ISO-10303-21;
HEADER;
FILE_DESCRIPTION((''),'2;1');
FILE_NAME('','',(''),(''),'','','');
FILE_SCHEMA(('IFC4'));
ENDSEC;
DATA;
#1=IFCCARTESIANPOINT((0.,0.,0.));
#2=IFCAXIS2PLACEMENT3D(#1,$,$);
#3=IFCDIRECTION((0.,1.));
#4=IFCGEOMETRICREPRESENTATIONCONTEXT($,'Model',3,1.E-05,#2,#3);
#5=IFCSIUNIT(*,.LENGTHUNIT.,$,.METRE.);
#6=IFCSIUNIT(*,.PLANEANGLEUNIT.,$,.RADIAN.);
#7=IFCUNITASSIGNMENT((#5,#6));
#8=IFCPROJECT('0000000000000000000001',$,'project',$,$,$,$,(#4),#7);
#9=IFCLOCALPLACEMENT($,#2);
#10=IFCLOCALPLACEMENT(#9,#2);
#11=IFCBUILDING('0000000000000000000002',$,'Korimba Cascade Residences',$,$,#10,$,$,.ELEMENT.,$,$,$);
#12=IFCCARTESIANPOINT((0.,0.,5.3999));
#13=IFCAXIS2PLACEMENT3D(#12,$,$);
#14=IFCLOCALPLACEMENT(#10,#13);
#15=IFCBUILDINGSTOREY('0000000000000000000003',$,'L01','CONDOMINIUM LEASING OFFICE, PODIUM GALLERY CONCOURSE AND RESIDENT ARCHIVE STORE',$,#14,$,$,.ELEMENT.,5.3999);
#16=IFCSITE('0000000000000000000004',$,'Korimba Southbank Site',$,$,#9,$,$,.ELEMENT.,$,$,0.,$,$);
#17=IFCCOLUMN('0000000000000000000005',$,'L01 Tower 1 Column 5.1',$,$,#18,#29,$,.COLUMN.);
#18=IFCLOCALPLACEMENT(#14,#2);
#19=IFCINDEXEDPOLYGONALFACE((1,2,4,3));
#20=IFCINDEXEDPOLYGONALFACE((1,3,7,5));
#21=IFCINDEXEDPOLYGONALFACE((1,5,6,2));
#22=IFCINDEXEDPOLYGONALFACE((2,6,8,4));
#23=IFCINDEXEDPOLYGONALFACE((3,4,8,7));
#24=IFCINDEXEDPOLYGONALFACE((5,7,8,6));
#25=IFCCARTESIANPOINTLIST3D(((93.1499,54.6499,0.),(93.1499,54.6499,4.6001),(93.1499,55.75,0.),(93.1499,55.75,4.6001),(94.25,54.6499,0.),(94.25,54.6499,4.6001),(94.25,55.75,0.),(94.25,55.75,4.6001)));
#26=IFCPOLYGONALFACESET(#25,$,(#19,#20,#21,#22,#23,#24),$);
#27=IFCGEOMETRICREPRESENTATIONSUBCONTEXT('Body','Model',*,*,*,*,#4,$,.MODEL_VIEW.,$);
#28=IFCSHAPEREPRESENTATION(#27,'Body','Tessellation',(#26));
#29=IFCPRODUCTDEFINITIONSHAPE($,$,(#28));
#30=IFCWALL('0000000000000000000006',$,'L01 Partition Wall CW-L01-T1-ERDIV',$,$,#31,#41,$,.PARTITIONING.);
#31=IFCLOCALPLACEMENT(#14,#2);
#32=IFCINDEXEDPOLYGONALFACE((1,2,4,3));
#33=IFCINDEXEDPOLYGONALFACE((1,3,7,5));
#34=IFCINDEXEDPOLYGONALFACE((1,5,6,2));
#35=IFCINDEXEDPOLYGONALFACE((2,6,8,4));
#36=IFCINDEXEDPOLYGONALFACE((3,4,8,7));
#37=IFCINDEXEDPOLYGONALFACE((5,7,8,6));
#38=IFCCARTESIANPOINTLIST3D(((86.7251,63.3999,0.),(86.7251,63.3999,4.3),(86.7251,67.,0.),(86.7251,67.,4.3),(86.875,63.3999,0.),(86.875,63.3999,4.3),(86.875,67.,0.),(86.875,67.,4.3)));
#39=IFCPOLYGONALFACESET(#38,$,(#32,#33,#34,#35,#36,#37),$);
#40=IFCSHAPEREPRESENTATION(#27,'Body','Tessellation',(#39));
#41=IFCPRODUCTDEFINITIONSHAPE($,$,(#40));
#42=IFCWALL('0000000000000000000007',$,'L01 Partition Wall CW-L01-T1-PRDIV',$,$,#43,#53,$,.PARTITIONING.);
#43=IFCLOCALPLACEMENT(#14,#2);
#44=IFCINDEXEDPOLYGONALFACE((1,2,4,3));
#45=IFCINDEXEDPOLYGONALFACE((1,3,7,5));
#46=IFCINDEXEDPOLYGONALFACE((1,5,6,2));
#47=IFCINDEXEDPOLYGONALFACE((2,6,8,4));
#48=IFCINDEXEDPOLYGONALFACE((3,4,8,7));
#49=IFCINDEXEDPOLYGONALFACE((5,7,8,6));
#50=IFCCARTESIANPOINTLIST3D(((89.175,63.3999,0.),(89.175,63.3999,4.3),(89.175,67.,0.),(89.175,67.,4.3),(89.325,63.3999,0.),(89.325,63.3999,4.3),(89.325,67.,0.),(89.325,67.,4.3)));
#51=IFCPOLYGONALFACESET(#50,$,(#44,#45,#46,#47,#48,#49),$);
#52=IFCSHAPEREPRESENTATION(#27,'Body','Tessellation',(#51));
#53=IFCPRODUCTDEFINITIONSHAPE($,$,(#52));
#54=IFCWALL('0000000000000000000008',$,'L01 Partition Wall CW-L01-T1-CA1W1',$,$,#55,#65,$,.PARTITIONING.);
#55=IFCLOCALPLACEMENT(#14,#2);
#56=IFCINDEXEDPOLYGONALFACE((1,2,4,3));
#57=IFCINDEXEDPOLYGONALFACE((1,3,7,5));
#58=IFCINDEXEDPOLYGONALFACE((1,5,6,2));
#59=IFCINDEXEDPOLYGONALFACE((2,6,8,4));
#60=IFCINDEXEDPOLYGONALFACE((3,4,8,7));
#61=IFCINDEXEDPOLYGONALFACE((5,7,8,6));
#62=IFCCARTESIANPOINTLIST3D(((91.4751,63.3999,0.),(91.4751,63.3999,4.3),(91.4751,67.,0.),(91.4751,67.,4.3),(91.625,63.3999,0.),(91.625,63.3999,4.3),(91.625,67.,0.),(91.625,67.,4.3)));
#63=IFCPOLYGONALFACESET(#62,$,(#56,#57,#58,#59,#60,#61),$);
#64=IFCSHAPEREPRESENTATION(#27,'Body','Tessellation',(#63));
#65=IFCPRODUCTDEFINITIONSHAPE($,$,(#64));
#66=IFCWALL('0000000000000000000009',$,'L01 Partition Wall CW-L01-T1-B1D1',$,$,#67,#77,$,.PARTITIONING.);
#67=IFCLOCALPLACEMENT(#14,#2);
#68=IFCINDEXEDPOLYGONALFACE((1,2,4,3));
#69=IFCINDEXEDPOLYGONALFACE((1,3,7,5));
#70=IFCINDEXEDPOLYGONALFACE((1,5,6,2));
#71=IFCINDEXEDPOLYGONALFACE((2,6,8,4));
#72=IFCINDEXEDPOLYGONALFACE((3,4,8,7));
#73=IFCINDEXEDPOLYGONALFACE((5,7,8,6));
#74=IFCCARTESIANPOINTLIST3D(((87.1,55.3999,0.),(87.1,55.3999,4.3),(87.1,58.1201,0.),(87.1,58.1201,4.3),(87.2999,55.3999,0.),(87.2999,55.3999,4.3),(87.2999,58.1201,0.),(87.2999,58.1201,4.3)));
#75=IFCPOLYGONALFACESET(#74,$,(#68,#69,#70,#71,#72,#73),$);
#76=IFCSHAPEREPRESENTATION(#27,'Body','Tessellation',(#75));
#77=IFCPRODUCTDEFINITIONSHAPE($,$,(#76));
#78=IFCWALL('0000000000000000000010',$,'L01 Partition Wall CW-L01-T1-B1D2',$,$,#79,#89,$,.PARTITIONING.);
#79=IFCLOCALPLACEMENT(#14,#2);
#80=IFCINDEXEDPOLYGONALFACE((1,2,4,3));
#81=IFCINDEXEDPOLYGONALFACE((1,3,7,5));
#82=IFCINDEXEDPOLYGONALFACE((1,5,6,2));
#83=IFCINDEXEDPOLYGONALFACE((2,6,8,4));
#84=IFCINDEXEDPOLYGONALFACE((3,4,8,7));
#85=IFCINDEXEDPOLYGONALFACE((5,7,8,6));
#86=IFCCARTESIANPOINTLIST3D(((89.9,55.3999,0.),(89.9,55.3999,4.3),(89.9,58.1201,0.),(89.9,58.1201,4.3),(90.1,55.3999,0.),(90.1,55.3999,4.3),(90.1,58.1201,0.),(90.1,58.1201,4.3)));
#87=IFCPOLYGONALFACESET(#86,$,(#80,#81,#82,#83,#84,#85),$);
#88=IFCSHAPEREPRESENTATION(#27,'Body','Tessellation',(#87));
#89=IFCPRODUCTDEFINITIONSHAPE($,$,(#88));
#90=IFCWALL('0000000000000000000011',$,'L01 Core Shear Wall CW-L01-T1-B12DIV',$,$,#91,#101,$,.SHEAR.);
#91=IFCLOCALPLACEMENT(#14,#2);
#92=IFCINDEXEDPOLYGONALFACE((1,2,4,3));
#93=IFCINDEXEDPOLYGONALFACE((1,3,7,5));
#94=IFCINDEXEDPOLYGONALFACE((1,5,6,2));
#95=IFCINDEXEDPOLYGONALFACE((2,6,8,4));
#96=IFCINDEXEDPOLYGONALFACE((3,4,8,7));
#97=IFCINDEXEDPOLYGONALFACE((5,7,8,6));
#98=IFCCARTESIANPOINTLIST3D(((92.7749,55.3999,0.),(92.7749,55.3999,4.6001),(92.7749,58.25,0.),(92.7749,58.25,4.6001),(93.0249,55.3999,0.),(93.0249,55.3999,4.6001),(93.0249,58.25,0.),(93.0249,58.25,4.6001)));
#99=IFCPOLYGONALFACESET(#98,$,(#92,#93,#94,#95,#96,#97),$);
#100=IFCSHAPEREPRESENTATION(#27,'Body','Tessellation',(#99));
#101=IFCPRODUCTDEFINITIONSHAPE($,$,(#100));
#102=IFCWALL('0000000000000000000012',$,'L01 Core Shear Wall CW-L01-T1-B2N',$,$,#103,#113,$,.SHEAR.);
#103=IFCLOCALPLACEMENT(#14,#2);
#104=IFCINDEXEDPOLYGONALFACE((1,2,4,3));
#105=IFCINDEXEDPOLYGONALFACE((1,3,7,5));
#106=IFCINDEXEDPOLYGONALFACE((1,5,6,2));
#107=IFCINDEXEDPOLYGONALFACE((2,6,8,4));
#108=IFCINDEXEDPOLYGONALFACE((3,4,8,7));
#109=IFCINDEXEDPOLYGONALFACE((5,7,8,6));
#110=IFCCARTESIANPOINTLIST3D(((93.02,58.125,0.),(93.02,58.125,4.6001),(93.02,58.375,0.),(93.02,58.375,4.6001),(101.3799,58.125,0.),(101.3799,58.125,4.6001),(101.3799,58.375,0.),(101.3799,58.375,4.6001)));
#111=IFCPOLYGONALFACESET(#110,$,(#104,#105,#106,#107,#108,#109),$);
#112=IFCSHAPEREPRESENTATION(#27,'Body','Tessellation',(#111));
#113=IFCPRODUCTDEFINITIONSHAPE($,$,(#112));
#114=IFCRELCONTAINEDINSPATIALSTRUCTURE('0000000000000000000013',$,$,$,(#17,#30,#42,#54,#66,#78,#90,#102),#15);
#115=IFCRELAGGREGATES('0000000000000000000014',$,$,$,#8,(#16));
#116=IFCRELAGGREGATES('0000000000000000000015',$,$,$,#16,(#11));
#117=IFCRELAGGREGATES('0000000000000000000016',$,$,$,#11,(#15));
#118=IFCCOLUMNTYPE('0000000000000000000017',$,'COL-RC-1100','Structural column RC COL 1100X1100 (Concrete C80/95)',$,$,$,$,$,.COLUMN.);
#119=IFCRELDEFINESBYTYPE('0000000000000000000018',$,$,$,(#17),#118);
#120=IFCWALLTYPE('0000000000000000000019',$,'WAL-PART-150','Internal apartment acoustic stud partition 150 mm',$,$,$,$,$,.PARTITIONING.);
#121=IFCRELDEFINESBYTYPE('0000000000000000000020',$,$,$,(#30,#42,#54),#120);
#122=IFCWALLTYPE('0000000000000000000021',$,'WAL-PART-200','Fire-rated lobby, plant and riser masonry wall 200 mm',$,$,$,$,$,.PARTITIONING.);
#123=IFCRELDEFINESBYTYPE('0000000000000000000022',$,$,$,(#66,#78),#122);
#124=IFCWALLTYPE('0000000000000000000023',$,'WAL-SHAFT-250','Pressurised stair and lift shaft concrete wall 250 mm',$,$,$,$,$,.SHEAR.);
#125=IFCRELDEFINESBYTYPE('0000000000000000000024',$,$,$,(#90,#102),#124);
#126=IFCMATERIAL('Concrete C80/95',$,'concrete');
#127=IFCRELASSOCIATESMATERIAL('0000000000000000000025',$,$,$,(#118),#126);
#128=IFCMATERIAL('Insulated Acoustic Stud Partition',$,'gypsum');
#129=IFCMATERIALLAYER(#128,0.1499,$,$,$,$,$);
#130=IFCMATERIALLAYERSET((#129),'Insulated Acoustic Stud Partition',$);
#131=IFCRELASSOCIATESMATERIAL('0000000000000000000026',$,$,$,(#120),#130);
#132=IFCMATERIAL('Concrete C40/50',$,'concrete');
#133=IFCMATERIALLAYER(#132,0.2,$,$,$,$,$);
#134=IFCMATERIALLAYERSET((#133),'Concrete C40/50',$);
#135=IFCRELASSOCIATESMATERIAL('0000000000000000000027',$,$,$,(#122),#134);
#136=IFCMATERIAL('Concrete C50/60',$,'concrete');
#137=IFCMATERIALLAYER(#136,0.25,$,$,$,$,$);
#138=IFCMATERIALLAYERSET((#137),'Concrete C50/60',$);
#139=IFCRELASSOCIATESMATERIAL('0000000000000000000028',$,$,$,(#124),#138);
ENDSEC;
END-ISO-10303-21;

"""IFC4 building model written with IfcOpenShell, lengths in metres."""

from ifc_helpers import new_model, si_unit, direction, frame, frame_2d, origin, origin_2d, place, context, subcontext, project, spatial, rectangle, extrude, material, layer, layer_set, material_profile, profile_set, type_object, element, save


model = new_model("IFC4")

# Units and contexts
model_context = context("Model", 3, precision=1e-05, world=origin(), true_north=direction((0.0, 1.0)))
body_context = subcontext(model_context, "Body", "Model", "MODEL_VIEW")
ifc_project = project(units=[si_unit("LENGTHUNIT", "METRE"), si_unit("PLANEANGLEUNIT", "RADIAN")], contexts=[model_context])

# Site, building, storey
site_placement = place(None, origin())
site = spatial("IfcSite", under=ifc_project, at=site_placement, Name="Korimba Southbank Site", CompositionType="ELEMENT", RefElevation=0.0)
building_placement = place(site_placement, origin())
building = spatial("IfcBuilding", under=site, at=building_placement, Name="Korimba Cascade Residences", CompositionType="ELEMENT")
storey_placement = place(building_placement, frame((0.0, 0.0, 5.3999)))
storey = spatial("IfcBuildingStorey", under=building, at=storey_placement, Name="L01", Description="CONDOMINIUM LEASING OFFICE, PODIUM GALLERY CONCOURSE AND RESIDENT ARCHIVE STORE", CompositionType="ELEMENT", Elevation=5.3999)

# Column
ifc_material_1 = material(Name="Concrete C80/95", Category="concrete")
ifc_material_profile = material_profile(ifc_material_1, rectangle(XDim=1.1001, YDim=1.1001, at=origin_2d()), Name="Concrete C80/95")
ifc_profile_set = profile_set([ifc_material_profile], Name="Concrete C80/95")
column_type = type_object("IfcColumnType", Name="COL-RC-1100", Description="Structural column RC COL 1100X1100 (Concrete C80/95)", PredefinedType="COLUMN", material=ifc_profile_set)
column_placement = place(storey_placement, frame((93.7, 55.2, 0.0), z_axis=(0.0, 0.0, 1.0), x_axis=(1.0, 0.0, 0.0)))
element("IfcColumn", 1, at=column_placement, inside=storey, type_object=column_type, Name="L01 Tower 1 Column 5.1", PredefinedType="COLUMN", context=body_context, shape_type="SweptSolid", body=[
    extrude(rectangle(XDim=1.1001, YDim=1.1001, at=origin_2d()), origin(), (0.0, 0.0, 1.0), 4.6001),
])

# Walls
ifc_material_2 = material(Name="Insulated Acoustic Stud Partition", Category="gypsum")
ifc_layer_1 = layer(ifc_material_2, 0.1499)
ifc_layer_set_1 = layer_set([ifc_layer_1], Name="Insulated Acoustic Stud Partition")
wall_type_1 = type_object("IfcWallType", Name="WAL-PART-150", Description="Internal apartment acoustic stud partition 150 mm", PredefinedType="PARTITIONING", material=ifc_layer_set_1)
for number, where, z_axis, x_axis, name in (
    (2, (86.8, 63.3999, 0.0), (0.0, 0.0, 1.0), (0.0, 1.0, 0.0), "L01 Partition Wall CW-L01-T1-ERDIV"),
    (3, (89.25, 63.3999, 0.0), (0.0, 0.0, 1.0), (0.0, 1.0, 0.0), "L01 Partition Wall CW-L01-T1-PRDIV"),
    (4, (91.55, 63.3999, 0.0), (0.0, 0.0, 1.0), (0.0, 1.0, 0.0), "L01 Partition Wall CW-L01-T1-CA1W1"),
):
    element("IfcWall", number, at=place(storey_placement, frame(where, z_axis=z_axis, x_axis=x_axis)), inside=storey, type_object=wall_type_1, Name=name, PredefinedType="PARTITIONING", context=body_context, shape_type="SweptSolid", body=[
        extrude(rectangle(XDim=3.6001, YDim=0.1499, at=frame_2d((1.8, 0.0))), origin(), (0.0, 0.0, 1.0), 4.3),
    ])
ifc_material_3 = material(Name="Concrete C40/50", Category="concrete")
ifc_layer_2 = layer(ifc_material_3, 0.2)
ifc_layer_set_2 = layer_set([ifc_layer_2], Name="Concrete C40/50")
wall_type_2 = type_object("IfcWallType", Name="WAL-PART-200", Description="Fire-rated lobby, plant and riser masonry wall 200 mm", PredefinedType="PARTITIONING", material=ifc_layer_set_2)
for number, where, z_axis, x_axis, name in (
    (5, (87.2, 55.3999, 0.0), (0.0, 0.0, 1.0), (0.0, 1.0, 0.0), "L01 Partition Wall CW-L01-T1-B1D1"),
    (6, (90.0, 55.3999, 0.0), (0.0, 0.0, 1.0), (0.0, 1.0, 0.0), "L01 Partition Wall CW-L01-T1-B1D2"),
):
    element("IfcWall", number, at=place(storey_placement, frame(where, z_axis=z_axis, x_axis=x_axis)), inside=storey, type_object=wall_type_2, Name=name, PredefinedType="PARTITIONING", context=body_context, shape_type="SweptSolid", body=[
        extrude(rectangle(XDim=2.7202, YDim=0.2, at=frame_2d((1.3601, 0.0))), origin(), (0.0, 0.0, 1.0), 4.3),
    ])
ifc_material_4 = material(Name="Concrete C50/60", Category="concrete")
ifc_layer_3 = layer(ifc_material_4, 0.25)
ifc_layer_set_3 = layer_set([ifc_layer_3], Name="Concrete C50/60")
wall_type_3 = type_object("IfcWallType", Name="WAL-SHAFT-250", Description="Pressurised stair and lift shaft concrete wall 250 mm", PredefinedType="SHEAR", material=ifc_layer_set_3)
wall_1_placement = place(storey_placement, frame((92.8999, 55.3999, 0.0), z_axis=(0.0, 0.0, 1.0), x_axis=(0.0, 1.0, 0.0)))
element("IfcWall", 7, at=wall_1_placement, inside=storey, type_object=wall_type_3, Name="L01 Core Shear Wall CW-L01-T1-B12DIV", PredefinedType="SHEAR", context=body_context, shape_type="SweptSolid", body=[
    extrude(rectangle(XDim=2.8501, YDim=0.25, at=frame_2d((1.425, 0.0))), origin(), (0.0, 0.0, 1.0), 4.6001),
])
wall_2_placement = place(storey_placement, frame((93.02, 58.25, 0.0), z_axis=(0.0, 0.0, 1.0), x_axis=(1.0, 0.0, 0.0)))
element("IfcWall", 8, at=wall_2_placement, inside=storey, type_object=wall_type_3, Name="L01 Core Shear Wall CW-L01-T1-B2N", PredefinedType="SHEAR", context=body_context, shape_type="SweptSolid", body=[
    extrude(rectangle(XDim=8.3599, YDim=0.25, at=frame_2d((4.1799, 0.0))), origin(), (0.0, 0.0, 1.0), 4.6001),
])

save(model, "model.ifc")
